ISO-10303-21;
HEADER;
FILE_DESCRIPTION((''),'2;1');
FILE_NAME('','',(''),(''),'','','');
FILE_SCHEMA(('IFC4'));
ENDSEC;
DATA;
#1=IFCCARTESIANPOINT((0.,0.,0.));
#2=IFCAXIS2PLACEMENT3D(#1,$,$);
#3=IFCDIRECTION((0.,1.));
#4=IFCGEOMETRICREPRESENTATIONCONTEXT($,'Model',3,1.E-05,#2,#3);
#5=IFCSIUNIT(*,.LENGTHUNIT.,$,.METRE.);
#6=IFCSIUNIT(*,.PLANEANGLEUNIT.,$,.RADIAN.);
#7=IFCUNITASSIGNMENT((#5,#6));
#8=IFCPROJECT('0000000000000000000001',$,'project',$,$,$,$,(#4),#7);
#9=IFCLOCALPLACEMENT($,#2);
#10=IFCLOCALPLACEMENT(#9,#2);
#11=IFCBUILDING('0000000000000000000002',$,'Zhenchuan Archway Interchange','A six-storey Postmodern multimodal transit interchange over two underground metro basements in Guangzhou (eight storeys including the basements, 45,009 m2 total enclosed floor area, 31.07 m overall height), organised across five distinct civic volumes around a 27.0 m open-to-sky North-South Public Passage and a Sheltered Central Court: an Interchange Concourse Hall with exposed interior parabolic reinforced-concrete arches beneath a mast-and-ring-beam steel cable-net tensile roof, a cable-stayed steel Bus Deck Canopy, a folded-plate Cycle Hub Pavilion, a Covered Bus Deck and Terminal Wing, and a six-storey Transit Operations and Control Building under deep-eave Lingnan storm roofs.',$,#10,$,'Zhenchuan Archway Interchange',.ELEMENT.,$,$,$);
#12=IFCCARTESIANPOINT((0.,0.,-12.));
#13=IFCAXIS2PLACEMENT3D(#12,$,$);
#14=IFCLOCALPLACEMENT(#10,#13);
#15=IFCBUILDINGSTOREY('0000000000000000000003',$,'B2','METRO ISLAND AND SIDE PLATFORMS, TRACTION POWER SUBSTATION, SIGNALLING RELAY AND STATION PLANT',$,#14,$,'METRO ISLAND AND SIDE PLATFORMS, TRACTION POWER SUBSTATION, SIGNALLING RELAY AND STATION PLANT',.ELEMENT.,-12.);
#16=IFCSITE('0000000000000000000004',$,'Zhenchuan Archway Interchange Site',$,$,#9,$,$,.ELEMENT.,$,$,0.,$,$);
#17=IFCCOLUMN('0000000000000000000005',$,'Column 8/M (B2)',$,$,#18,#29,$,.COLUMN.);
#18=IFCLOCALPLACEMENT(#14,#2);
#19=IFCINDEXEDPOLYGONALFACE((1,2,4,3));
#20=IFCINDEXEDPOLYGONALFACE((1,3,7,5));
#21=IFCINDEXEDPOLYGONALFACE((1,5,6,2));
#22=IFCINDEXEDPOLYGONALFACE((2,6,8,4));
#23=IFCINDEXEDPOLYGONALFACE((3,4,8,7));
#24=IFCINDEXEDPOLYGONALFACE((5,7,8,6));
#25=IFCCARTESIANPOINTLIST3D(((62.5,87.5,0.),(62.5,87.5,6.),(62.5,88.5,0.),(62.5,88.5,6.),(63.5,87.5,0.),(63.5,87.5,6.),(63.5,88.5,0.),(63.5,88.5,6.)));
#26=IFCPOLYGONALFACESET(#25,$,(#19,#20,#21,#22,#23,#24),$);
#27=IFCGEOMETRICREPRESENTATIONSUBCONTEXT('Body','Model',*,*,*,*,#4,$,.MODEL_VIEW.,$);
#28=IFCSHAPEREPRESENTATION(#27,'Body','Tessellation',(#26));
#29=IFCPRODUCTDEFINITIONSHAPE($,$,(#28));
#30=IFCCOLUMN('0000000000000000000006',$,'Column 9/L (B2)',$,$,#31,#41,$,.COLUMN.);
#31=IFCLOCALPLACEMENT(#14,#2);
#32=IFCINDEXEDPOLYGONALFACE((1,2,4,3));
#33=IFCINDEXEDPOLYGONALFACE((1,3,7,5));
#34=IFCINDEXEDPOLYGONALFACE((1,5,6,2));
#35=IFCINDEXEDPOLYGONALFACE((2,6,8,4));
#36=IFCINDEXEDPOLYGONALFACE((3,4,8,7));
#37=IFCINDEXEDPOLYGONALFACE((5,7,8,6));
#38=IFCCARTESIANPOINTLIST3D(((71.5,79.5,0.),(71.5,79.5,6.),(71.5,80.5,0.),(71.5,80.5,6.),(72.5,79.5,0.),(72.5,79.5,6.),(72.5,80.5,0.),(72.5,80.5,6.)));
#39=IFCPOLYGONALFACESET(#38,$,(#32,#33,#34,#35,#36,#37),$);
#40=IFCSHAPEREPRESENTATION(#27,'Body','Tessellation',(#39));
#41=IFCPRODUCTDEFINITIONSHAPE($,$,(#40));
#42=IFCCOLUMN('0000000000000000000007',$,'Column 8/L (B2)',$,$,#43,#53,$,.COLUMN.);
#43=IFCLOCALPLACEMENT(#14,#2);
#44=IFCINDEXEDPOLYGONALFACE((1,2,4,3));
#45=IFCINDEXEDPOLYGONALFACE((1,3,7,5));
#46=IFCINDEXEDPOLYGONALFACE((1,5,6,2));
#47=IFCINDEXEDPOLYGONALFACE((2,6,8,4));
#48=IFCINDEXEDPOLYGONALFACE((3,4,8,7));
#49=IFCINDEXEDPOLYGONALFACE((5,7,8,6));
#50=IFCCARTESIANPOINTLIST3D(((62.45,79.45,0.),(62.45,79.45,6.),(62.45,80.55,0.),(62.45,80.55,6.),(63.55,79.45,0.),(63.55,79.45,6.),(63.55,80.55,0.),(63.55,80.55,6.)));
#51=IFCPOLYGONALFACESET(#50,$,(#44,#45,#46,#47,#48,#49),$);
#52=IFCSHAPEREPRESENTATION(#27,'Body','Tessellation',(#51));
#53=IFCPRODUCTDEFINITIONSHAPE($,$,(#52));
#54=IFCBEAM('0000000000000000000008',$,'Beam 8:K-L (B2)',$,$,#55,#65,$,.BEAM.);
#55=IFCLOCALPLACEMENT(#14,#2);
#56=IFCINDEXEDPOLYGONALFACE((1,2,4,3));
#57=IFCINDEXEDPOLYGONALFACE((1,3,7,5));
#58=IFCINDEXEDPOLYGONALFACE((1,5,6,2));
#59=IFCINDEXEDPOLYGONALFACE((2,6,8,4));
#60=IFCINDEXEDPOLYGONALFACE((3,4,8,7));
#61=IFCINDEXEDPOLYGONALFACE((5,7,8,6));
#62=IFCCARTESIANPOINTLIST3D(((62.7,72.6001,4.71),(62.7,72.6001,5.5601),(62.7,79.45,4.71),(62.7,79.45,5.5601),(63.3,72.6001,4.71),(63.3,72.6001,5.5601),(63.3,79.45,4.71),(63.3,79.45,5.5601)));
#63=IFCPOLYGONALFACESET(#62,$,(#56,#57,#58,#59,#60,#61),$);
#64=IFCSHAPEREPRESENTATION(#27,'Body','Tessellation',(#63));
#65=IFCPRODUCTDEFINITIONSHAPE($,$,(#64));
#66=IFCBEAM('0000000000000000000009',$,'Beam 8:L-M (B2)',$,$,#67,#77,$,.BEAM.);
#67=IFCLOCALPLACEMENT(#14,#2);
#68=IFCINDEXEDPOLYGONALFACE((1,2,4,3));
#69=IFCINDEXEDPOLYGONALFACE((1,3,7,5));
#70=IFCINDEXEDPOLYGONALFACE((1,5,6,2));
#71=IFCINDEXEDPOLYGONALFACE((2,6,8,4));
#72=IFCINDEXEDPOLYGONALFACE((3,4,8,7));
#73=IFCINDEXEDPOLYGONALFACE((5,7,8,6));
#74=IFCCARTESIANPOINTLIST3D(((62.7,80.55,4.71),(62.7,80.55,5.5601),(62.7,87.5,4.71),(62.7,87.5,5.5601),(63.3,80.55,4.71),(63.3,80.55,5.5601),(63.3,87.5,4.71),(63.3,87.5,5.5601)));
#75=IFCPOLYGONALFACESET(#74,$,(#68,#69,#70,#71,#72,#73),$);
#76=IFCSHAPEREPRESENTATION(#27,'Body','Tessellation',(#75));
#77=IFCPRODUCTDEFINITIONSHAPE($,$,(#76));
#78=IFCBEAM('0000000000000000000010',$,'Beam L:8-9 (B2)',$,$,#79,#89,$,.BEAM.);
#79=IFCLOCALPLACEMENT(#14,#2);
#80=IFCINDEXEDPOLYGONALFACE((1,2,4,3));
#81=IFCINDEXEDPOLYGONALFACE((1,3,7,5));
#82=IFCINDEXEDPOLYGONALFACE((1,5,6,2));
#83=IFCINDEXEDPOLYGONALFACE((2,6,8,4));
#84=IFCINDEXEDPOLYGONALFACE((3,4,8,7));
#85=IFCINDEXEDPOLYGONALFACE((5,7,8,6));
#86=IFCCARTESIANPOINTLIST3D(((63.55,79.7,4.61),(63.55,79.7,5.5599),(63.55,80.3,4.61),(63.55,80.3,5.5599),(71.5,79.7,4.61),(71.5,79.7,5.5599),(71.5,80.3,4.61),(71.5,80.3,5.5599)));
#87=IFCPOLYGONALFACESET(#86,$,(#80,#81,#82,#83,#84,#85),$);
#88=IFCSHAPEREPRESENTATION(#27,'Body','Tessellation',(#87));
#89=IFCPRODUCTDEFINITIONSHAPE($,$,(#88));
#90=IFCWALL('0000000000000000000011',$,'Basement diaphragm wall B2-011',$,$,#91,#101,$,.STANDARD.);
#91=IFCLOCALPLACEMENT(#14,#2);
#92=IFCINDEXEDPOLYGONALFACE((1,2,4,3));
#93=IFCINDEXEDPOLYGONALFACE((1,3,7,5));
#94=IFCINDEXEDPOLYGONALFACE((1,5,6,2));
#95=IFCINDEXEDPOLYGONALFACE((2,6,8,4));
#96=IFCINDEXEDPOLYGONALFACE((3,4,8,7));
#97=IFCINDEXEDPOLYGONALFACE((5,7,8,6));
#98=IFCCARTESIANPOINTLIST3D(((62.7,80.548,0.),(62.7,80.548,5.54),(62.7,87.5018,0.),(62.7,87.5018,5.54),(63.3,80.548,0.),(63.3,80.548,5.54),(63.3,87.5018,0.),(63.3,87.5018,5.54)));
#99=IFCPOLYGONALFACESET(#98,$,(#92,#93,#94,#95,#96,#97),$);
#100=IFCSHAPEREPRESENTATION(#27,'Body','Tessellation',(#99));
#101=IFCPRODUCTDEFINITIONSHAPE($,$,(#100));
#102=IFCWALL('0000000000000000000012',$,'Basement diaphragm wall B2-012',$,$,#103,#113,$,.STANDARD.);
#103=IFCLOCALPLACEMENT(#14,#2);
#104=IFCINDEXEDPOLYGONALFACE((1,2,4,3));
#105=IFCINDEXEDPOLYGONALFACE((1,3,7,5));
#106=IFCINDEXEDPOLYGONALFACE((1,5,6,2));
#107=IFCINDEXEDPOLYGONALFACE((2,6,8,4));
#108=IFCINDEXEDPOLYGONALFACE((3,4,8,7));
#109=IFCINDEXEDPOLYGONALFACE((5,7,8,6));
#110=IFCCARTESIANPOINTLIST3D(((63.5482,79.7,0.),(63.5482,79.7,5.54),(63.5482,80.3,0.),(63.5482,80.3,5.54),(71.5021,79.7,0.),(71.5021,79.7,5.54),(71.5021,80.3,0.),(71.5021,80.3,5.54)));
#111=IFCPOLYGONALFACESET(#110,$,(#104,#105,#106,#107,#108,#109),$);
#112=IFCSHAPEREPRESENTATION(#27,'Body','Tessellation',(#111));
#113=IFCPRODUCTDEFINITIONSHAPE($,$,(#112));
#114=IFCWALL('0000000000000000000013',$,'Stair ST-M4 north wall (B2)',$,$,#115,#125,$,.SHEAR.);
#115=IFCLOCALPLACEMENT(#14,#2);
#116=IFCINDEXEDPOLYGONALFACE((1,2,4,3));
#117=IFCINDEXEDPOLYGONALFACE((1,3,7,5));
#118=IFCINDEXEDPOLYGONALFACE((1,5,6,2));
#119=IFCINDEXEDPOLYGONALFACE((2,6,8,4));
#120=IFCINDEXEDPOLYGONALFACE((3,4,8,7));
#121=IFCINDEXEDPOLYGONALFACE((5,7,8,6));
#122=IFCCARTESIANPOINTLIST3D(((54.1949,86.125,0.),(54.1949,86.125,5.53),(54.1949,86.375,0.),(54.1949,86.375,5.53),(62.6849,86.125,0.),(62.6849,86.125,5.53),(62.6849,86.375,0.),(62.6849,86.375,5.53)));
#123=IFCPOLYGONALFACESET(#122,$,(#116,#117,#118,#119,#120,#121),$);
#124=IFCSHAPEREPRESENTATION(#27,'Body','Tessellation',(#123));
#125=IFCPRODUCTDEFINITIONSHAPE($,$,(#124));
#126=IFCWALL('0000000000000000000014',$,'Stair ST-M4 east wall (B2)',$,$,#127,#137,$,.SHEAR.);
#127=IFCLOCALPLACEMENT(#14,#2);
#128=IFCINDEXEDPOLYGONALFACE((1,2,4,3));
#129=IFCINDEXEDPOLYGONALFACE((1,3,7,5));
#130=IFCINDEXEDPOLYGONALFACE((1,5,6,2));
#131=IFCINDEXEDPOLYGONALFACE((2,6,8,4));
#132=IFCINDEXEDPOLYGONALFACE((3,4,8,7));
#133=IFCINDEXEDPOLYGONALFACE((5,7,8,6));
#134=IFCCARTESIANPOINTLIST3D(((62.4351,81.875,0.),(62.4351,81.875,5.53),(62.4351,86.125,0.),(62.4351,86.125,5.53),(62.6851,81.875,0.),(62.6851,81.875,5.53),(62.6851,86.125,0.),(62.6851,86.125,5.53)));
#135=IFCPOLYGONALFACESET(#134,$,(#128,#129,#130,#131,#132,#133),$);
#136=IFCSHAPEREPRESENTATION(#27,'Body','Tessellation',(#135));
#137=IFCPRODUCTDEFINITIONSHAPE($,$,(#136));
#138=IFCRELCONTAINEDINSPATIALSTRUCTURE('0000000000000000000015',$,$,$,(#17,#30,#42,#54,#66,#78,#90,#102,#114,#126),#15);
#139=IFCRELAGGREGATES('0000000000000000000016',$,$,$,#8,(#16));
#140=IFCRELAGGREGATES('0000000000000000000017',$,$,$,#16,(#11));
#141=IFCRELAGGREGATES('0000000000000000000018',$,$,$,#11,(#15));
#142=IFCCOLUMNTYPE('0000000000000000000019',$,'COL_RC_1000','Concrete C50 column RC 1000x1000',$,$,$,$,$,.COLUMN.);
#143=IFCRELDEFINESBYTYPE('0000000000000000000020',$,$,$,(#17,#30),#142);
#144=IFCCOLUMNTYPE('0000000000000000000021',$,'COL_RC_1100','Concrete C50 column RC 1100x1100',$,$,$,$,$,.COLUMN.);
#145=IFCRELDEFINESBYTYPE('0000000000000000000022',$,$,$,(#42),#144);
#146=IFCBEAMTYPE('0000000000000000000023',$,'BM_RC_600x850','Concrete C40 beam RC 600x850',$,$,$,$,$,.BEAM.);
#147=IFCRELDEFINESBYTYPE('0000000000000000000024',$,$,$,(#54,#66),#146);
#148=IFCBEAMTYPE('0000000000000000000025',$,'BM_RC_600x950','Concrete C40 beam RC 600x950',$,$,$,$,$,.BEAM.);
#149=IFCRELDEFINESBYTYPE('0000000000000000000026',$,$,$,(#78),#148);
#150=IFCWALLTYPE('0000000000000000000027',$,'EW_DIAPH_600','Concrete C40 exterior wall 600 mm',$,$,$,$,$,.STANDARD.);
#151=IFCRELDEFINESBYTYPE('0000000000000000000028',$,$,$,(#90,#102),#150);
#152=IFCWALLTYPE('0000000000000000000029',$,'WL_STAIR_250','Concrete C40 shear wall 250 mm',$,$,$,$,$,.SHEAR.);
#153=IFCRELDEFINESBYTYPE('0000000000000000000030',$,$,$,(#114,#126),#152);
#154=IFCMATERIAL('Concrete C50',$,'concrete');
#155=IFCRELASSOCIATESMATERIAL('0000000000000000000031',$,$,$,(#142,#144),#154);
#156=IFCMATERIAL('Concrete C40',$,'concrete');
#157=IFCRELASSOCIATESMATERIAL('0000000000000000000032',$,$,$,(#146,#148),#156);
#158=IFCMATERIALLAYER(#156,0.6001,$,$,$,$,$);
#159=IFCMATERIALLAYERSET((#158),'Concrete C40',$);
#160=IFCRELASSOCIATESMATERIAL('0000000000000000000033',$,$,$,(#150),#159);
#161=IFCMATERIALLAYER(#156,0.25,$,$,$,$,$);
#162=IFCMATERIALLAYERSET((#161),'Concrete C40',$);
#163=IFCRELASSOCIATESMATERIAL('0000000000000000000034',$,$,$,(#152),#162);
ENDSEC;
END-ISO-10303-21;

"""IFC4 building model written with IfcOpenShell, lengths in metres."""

from ifc_helpers import new_model, si_unit, direction, frame, frame_2d, origin, origin_2d, place, context, subcontext, project, spatial, rectangle, extrude, material, layer, layer_set, material_profile, profile_set, type_object, element, save


model = new_model("IFC4")

# Units and contexts
model_context = context("Model", 3, precision=1e-05, world=origin(), true_north=direction((0.0, 1.0)))
body_context = subcontext(model_context, "Body", "Model", "MODEL_VIEW")
ifc_project = project(units=[si_unit("LENGTHUNIT", "METRE"), si_unit("PLANEANGLEUNIT", "RADIAN")], contexts=[model_context])

# Site, building, storey
site_placement = place(None, origin())
site = spatial("IfcSite", under=ifc_project, at=site_placement, Name="Zhenchuan Archway Interchange Site", CompositionType="ELEMENT", RefElevation=0.0)
building_placement = place(site_placement, origin())
building = spatial("IfcBuilding", under=site, at=building_placement, Name="Zhenchuan Archway Interchange", Description="A six-storey Postmodern multimodal transit interchange over two underground metro basements in Guangzhou (eight storeys including the basements, 45,009 m2 total enclosed floor area, 31.07 m overall height), organised across five distinct civic volumes around a 27.0 m open-to-sky North-South Public Passage and a Sheltered Central Court: an Interchange Concourse Hall with exposed interior parabolic reinforced-concrete arches beneath a mast-and-ring-beam steel cable-net tensile roof, a cable-stayed steel Bus Deck Canopy, a folded-plate Cycle Hub Pavilion, a Covered Bus Deck and Terminal Wing, and a six-storey Transit Operations and Control Building under deep-eave Lingnan storm roofs.", LongName="Zhenchuan Archway Interchange", CompositionType="ELEMENT")
storey_placement = place(building_placement, frame((0.0, 0.0, -12.0)))
storey = spatial("IfcBuildingStorey", under=building, at=storey_placement, Name="B2", Description="METRO ISLAND AND SIDE PLATFORMS, TRACTION POWER SUBSTATION, SIGNALLING RELAY AND STATION PLANT", LongName="METRO ISLAND AND SIDE PLATFORMS, TRACTION POWER SUBSTATION, SIGNALLING RELAY AND STATION PLANT", CompositionType="ELEMENT", Elevation=-12.0)

# Shared definitions
ifc_material_1 = material(Name="Concrete C40", Category="concrete")

# Columns
ifc_material_2 = material(Name="Concrete C50", Category="concrete")
ifc_material_profile_1 = material_profile(ifc_material_2, rectangle(XDim=1.0, YDim=1.0, at=origin_2d()), Name="RC 1000x1000")
ifc_profile_set_1 = profile_set([ifc_material_profile_1], Name="Concrete C50")
column_type_1 = type_object("IfcColumnType", Name="COL_RC_1000", Description="Concrete C50 column RC 1000x1000", PredefinedType="COLUMN", material=ifc_profile_set_1)
for number, where, z_axis, x_axis, name in (
    (1, (63.0, 88.0, 0.0), (0.0, 0.0, 1.0), (1.0, 0.0, 0.0), "Column 8/M (B2)"),
    (2, (72.0, 80.0, 0.0), (0.0, 0.0, 1.0), (1.0, 0.0, 0.0), "Column 9/L (B2)"),
):
    element("IfcColumn", number, at=place(storey_placement, frame(where, z_axis=z_axis, x_axis=x_axis)), inside=storey, type_object=column_type_1, Name=name, PredefinedType="COLUMN", context=body_context, shape_type="SweptSolid", body=[
        extrude(rectangle(XDim=1.0, YDim=1.0, at=origin_2d()), origin(), (0.0, 0.0, 1.0), 6.0),
    ])
ifc_material_profile_2 = material_profile(ifc_material_2, rectangle(XDim=1.1001, YDim=1.1001, at=origin_2d()), Name="RC 1100x1100")
ifc_profile_set_2 = profile_set([ifc_material_profile_2], Name="Concrete C50")
column_type_2 = type_object("IfcColumnType", Name="COL_RC_1100", Description="Concrete C50 column RC 1100x1100", PredefinedType="COLUMN", material=ifc_profile_set_2)
column_placement = place(storey_placement, frame((63.0, 80.0, 0.0), z_axis=(0.0, 0.0, 1.0), x_axis=(1.0, 0.0, 0.0)))
element("IfcColumn", 3, at=column_placement, inside=storey, type_object=column_type_2, Name="Column 8/L (B2)", PredefinedType="COLUMN", context=body_context, shape_type="SweptSolid", body=[
    extrude(rectangle(XDim=1.1001, YDim=1.1001, at=origin_2d()), origin(), (0.0, 0.0, 1.0), 6.0),
])

# Beams
ifc_material_profile_3 = material_profile(ifc_material_1, rectangle(XDim=0.6001, YDim=0.8501, at=origin_2d()), Name="RC 600x850")
ifc_profile_set_3 = profile_set([ifc_material_profile_3], Name="Concrete C40")
beam_type_1 = type_object("IfcBeamType", Name="BM_RC_600x850", Description="Concrete C40 beam RC 600x850", PredefinedType="BEAM", material=ifc_profile_set_3)
beam_1_placement = place(storey_placement, frame((63.0, 72.6001, 5.135), z_axis=(0.0, 1.0, 0.0), x_axis=(-1.0, 0.0, 0.0)))
element("IfcBeam", 4, at=beam_1_placement, inside=storey, type_object=beam_type_1, Name="Beam 8:K-L (B2)", PredefinedType="BEAM", context=body_context, shape_type="SweptSolid", body=[
    extrude(rectangle(XDim=0.6001, YDim=0.8501, at=origin_2d()), origin(), (0.0, 0.0, 1.0), 6.8499),
])
beam_2_placement = place(storey_placement, frame((63.0, 80.55, 5.135), z_axis=(0.0, 1.0, 0.0), x_axis=(-1.0, 0.0, 0.0)))
element("IfcBeam", 5, at=beam_2_placement, inside=storey, type_object=beam_type_1, Name="Beam 8:L-M (B2)", PredefinedType="BEAM", context=body_context, shape_type="SweptSolid", body=[
    extrude(rectangle(XDim=0.6001, YDim=0.8501, at=origin_2d()), origin(), (0.0, 0.0, 1.0), 6.95),
])
ifc_material_profile_4 = material_profile(ifc_material_1, rectangle(XDim=0.6001, YDim=0.95, at=origin_2d()), Name="RC 600x950")
ifc_profile_set_4 = profile_set([ifc_material_profile_4], Name="Concrete C40")
beam_type_2 = type_object("IfcBeamType", Name="BM_RC_600x950", Description="Concrete C40 beam RC 600x950", PredefinedType="BEAM", material=ifc_profile_set_4)
beam_3_placement = place(storey_placement, frame((63.55, 80.0, 5.085), z_axis=(1.0, 0.0, 0.0), x_axis=(0.0, 1.0, 0.0)))
element("IfcBeam", 6, at=beam_3_placement, inside=storey, type_object=beam_type_2, Name="Beam L:8-9 (B2)", PredefinedType="BEAM", context=body_context, shape_type="SweptSolid", body=[
    extrude(rectangle(XDim=0.6001, YDim=0.95, at=origin_2d()), origin(), (0.0, 0.0, 1.0), 7.95),
])

# Walls
ifc_layer_1 = layer(ifc_material_1, 0.6001)
ifc_layer_set_1 = layer_set([ifc_layer_1], Name="Concrete C40")
wall_type_1 = type_object("IfcWallType", Name="EW_DIAPH_600", Description="Concrete C40 exterior wall 600 mm", PredefinedType="STANDARD", material=ifc_layer_set_1)
wall_1_placement = place(storey_placement, frame((63.0, 87.502, 0.0), z_axis=(0.0, 0.0, 1.0), x_axis=(0.0, -1.0, 0.0)))
element("IfcWall", 7, at=wall_1_placement, inside=storey, type_object=wall_type_1, Name="Basement diaphragm wall B2-011", PredefinedType="STANDARD", context=body_context, shape_type="SweptSolid", body=[
    extrude(rectangle(XDim=6.9539, YDim=0.6001, at=frame_2d((3.4771, 0.0))), origin(), (0.0, 0.0, 1.0), 5.54),
])
wall_2_placement = place(storey_placement, frame((63.5481, 80.0, 0.0), z_axis=(0.0, 0.0, 1.0), x_axis=(1.0, 0.0, 0.0)))
element("IfcWall", 8, at=wall_2_placement, inside=storey, type_object=wall_type_1, Name="Basement diaphragm wall B2-012", PredefinedType="STANDARD", context=body_context, shape_type="SweptSolid", body=[
    extrude(rectangle(XDim=7.9539, YDim=0.6001, at=frame_2d((3.9771, 0.0))), origin(), (0.0, 0.0, 1.0), 5.54),
])
ifc_layer_2 = layer(ifc_material_1, 0.25)
ifc_layer_set_2 = layer_set([ifc_layer_2], Name="Concrete C40")
wall_type_2 = type_object("IfcWallType", Name="WL_STAIR_250", Description="Concrete C40 shear wall 250 mm", PredefinedType="SHEAR", material=ifc_layer_set_2)
wall_3_placement = place(storey_placement, frame((62.6851, 86.25, 0.0), z_axis=(0.0, 0.0, 1.0), x_axis=(-1.0, 0.0, 0.0)))
element("IfcWall", 9, at=wall_3_placement, inside=storey, type_object=wall_type_2, Name="Stair ST-M4 north wall (B2)", PredefinedType="SHEAR", context=body_context, shape_type="SweptSolid", body=[
    extrude(rectangle(XDim=8.49, YDim=0.25, at=frame_2d((4.2451, 0.0))), origin(), (0.0, 0.0, 1.0), 5.53),
])
wall_4_placement = place(storey_placement, frame((62.5601, 81.875, 0.0), z_axis=(0.0, 0.0, 1.0), x_axis=(0.0, 1.0, 0.0)))
element("IfcWall", 10, at=wall_4_placement, inside=storey, type_object=wall_type_2, Name="Stair ST-M4 east wall (B2)", PredefinedType="SHEAR", context=body_context, shape_type="SweptSolid", body=[
    extrude(rectangle(XDim=4.25, YDim=0.25, at=frame_2d((2.125, 0.0))), origin(), (0.0, 0.0, 1.0), 5.53),
])

save(model, "model.ifc")
